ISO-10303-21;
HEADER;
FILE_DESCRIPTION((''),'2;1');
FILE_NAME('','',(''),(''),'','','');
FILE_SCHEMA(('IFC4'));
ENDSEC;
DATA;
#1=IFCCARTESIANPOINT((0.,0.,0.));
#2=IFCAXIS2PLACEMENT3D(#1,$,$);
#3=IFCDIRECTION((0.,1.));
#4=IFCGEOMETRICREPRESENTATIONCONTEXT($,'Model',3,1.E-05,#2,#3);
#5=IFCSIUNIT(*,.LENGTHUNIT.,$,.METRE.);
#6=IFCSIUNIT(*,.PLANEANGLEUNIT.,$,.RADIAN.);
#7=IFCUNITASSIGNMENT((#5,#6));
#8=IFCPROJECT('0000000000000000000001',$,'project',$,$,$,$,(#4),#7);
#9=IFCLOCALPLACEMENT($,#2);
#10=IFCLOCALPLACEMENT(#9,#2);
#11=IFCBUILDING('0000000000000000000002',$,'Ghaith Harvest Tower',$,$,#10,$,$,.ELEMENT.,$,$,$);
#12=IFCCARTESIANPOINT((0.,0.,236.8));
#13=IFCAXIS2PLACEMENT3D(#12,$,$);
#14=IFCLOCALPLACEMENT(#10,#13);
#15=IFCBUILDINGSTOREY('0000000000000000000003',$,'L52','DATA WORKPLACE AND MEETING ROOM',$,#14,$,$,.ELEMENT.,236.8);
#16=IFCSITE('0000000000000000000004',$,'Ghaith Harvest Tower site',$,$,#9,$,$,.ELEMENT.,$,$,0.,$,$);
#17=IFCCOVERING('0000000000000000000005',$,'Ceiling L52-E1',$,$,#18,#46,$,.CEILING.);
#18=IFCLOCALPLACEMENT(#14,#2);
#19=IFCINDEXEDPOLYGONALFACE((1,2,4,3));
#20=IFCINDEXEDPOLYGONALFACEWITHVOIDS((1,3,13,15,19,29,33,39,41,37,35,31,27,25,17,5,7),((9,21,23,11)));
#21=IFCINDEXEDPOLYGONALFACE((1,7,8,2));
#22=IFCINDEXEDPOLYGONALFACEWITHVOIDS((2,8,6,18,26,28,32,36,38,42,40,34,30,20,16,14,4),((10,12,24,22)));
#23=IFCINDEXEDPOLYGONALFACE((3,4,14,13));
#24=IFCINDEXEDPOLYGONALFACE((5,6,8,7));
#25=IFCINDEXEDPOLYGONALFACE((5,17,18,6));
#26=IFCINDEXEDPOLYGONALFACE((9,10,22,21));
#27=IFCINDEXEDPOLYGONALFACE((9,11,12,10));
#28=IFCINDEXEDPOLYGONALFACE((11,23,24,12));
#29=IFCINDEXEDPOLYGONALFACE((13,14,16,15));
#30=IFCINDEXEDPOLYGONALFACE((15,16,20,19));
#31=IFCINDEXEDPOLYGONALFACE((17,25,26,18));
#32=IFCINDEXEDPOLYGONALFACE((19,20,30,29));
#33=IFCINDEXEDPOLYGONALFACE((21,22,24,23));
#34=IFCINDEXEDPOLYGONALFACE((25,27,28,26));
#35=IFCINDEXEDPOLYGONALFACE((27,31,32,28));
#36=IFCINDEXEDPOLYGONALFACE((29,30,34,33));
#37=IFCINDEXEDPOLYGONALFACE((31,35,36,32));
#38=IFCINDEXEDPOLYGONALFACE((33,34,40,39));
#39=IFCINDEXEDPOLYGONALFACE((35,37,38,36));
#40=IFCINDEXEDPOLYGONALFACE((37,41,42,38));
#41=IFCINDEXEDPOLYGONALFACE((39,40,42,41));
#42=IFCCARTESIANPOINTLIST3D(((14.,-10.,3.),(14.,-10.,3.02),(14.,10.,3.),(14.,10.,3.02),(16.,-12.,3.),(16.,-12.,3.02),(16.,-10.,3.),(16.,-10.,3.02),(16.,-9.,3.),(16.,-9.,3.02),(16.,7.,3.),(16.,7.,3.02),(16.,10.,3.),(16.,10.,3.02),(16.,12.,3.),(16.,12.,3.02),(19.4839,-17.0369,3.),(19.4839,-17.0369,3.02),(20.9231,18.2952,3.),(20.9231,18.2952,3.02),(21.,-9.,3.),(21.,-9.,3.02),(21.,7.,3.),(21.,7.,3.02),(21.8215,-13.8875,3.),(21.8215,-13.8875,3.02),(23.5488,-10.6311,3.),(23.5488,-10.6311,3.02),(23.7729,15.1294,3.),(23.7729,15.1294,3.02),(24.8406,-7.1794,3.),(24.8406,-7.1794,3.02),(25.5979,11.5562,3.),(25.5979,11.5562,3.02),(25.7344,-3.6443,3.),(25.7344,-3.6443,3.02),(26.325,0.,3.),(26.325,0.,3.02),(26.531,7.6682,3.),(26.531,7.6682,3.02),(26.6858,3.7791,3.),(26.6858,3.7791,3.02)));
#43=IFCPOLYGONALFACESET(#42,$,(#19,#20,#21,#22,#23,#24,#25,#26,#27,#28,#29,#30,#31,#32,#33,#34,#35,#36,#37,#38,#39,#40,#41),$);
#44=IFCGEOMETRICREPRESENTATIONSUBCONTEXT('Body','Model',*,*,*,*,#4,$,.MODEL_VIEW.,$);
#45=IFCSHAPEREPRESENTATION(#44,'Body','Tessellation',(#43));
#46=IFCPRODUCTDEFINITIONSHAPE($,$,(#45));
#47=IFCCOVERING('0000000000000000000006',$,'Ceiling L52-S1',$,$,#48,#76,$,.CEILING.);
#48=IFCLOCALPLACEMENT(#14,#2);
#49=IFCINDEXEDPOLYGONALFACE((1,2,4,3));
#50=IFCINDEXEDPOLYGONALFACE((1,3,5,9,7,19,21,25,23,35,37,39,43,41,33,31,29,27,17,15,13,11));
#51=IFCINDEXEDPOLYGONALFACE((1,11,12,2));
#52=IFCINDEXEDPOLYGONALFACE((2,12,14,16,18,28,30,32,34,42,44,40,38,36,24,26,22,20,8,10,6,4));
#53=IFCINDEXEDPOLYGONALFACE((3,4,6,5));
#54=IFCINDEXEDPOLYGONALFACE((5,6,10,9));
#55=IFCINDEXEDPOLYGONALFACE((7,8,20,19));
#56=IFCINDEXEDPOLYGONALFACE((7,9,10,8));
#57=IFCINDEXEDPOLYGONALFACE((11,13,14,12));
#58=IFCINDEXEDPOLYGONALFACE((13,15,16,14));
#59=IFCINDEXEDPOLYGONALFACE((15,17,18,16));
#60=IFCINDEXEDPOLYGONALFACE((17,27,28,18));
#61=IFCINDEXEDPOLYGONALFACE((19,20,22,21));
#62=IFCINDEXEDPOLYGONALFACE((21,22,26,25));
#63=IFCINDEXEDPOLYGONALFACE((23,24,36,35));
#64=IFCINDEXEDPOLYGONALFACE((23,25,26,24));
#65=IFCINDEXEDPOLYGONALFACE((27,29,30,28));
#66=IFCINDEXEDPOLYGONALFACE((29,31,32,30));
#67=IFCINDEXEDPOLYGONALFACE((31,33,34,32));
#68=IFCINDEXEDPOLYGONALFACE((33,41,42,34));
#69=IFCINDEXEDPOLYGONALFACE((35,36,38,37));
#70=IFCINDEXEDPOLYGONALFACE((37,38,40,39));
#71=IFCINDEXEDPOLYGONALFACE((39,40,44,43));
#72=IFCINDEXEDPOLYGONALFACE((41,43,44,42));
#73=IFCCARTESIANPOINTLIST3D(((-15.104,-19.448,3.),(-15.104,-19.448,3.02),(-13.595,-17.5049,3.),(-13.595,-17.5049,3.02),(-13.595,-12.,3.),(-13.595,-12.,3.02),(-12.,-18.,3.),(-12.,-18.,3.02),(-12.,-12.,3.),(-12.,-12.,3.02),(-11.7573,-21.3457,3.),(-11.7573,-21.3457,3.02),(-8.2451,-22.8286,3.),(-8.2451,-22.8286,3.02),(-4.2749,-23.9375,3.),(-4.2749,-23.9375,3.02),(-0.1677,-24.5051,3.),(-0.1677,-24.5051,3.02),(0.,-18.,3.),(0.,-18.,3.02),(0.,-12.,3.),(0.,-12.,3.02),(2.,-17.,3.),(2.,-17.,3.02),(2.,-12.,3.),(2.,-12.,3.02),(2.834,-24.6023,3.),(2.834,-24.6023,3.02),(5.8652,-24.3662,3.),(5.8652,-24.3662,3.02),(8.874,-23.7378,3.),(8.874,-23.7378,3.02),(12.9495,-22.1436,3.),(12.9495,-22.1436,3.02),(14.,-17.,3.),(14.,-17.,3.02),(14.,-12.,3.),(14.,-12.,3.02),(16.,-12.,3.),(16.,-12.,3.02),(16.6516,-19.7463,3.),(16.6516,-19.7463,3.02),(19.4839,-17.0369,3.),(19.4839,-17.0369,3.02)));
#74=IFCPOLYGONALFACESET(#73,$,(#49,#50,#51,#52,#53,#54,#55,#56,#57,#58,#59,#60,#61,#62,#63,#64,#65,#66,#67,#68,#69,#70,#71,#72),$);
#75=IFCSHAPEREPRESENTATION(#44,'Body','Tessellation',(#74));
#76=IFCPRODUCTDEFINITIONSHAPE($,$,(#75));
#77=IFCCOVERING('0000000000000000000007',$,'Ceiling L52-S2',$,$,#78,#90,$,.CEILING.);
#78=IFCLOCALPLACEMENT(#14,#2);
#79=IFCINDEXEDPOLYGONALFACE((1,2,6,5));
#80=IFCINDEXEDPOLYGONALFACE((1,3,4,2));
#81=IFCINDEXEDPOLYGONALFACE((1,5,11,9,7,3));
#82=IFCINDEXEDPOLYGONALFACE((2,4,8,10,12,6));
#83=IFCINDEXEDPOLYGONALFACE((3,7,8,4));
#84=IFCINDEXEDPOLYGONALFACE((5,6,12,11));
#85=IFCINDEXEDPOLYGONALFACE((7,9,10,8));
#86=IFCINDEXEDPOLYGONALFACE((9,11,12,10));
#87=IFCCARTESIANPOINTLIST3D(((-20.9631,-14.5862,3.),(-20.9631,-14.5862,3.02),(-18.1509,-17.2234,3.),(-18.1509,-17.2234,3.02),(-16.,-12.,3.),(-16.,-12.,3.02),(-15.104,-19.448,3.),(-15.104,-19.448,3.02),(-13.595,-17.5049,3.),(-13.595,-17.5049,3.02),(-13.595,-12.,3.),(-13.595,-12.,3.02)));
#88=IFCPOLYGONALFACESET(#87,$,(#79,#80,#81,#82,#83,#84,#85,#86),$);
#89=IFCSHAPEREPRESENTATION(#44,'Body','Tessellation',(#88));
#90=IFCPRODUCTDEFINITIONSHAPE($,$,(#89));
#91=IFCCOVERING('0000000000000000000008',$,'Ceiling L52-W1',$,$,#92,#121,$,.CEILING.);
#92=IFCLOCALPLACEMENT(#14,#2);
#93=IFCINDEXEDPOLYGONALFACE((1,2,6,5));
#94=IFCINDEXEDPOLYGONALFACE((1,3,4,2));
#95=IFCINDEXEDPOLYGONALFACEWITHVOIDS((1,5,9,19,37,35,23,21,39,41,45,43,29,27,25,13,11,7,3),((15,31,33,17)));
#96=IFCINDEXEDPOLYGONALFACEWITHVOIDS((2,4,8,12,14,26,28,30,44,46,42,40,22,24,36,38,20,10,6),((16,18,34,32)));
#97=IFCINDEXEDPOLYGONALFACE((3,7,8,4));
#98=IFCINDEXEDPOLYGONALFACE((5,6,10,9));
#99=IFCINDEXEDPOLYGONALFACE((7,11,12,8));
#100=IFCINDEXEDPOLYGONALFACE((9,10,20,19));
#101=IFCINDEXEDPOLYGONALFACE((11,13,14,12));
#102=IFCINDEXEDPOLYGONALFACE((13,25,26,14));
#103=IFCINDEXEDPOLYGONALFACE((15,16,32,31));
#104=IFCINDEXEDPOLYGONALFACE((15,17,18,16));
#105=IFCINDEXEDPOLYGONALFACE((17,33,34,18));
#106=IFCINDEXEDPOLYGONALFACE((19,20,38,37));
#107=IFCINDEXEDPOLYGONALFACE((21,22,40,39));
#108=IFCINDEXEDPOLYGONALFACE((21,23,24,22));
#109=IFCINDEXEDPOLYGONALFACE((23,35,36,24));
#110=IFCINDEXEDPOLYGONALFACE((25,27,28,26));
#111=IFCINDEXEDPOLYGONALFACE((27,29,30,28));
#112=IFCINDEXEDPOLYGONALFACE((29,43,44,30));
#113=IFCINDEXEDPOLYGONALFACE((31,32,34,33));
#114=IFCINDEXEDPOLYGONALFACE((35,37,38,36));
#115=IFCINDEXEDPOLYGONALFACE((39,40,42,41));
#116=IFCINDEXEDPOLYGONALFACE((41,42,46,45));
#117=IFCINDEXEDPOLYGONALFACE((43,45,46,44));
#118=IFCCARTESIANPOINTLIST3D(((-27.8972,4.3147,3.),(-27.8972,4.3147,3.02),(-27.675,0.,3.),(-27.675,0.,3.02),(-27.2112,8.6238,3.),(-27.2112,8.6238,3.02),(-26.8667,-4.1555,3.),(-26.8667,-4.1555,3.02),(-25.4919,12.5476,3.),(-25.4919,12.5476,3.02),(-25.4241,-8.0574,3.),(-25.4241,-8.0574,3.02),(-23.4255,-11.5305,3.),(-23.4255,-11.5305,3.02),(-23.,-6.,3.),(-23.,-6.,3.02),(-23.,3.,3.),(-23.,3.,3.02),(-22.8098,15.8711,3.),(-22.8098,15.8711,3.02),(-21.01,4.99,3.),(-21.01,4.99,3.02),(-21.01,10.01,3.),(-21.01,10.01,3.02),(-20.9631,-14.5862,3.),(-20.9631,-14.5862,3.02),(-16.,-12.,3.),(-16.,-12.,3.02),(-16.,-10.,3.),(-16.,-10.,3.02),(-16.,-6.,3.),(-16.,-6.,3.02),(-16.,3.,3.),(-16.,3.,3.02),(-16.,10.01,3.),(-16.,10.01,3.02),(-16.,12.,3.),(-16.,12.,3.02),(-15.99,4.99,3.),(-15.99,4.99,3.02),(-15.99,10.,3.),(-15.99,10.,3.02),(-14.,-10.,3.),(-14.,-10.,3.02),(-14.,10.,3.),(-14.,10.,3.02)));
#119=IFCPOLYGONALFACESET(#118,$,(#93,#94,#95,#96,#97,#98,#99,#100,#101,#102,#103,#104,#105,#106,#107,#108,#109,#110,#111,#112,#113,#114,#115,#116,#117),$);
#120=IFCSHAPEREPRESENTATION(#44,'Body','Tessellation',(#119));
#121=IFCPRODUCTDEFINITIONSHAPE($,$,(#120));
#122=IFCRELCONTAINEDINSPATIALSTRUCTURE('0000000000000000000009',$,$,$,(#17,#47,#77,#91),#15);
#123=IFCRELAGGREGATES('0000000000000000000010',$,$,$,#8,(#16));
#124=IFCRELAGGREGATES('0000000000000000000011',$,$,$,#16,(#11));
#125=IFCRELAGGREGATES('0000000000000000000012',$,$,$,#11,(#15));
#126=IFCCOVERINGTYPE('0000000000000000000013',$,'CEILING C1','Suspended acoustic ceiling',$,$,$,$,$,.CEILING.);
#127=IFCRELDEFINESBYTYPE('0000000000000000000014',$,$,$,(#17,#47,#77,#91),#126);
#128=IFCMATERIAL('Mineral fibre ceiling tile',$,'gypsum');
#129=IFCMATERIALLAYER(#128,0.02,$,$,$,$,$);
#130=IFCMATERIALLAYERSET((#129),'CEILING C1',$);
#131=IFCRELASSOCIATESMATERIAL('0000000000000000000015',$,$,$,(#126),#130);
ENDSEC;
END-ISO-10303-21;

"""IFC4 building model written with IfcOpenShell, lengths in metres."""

from ifc_helpers import new_model, si_unit, direction, frame, origin, place, context, subcontext, project, spatial, polyline, outline, extrude, material, layer, layer_set, type_object, element, save


model = new_model("IFC4")

# Units and contexts
model_context = context("Model", 3, precision=1e-05, world=origin(), true_north=direction((0.0, 1.0)))
body_context = subcontext(model_context, "Body", "Model", "MODEL_VIEW")
ifc_project = project(units=[si_unit("LENGTHUNIT", "METRE"), si_unit("PLANEANGLEUNIT", "RADIAN")], contexts=[model_context])

# Site, building, storey
site_placement = place(None, origin())
site = spatial("IfcSite", under=ifc_project, at=site_placement, Name="Ghaith Harvest Tower site", CompositionType="ELEMENT", RefElevation=0.0)
building_placement = place(site_placement, origin())
building = spatial("IfcBuilding", under=site, at=building_placement, Name="Ghaith Harvest Tower", CompositionType="ELEMENT")
storey_placement = place(building_placement, frame((0.0, 0.0, 236.8)))
storey = spatial("IfcBuildingStorey", under=building, at=storey_placement, Name="L52", Description="DATA WORKPLACE AND MEETING ROOM", CompositionType="ELEMENT", Elevation=236.8)

# Coverings
ifc_material_1 = material(Name="Mineral fibre ceiling tile", Category="gypsum")
ifc_layer_1 = layer(ifc_material_1, 0.02)
ifc_layer_set_1 = layer_set([ifc_layer_1], Name="CEILING C1")
covering_type = type_object("IfcCoveringType", Name="CEILING C1", Description="Suspended acoustic ceiling", PredefinedType="CEILING", material=ifc_layer_set_1)
covering_1_placement = place(storey_placement, frame((0.0, 0.0, 3.0)))
element("IfcCovering", 1, at=covering_1_placement, inside=storey, type_object=covering_type, Name="Ceiling L52-E1", PredefinedType="CEILING", context=body_context, shape_type="SweptSolid", body=[
    extrude(outline(polyline([(23.7729, 15.1294), (25.5979, 11.5562), (26.531, 7.6682), (26.6858, 3.7791), (26.325, 0.0), (25.7344, -3.6443), (24.8406, -7.1794), (23.5488, -10.6311), (21.8215, -13.8875), (19.4839, -17.0369), (16.0, -12.0), (16.0, -10.0), (14.0, -10.0), (14.0, 10.0), (16.0, 10.0), (16.0, 12.0), (20.9231, 18.2952), (23.7729, 15.1294)]), holes=[polyline([(16.0, 7.0), (16.0, -9.0), (21.0, -9.0), (21.0, 7.0), (16.0, 7.0)])]), origin(), (0.0, 0.0, 1.0), 0.02),
])
covering_2_placement = place(storey_placement, frame((0.0, 0.0, 3.0)))
element("IfcCovering", 2, at=covering_2_placement, inside=storey, type_object=covering_type, Name="Ceiling L52-S1", PredefinedType="CEILING", context=body_context, shape_type="SweptSolid", body=[
    extrude(outline(polyline([(16.6516, -19.7463), (12.9495, -22.1436), (8.874, -23.7378), (5.8652, -24.3662), (2.834, -24.6023), (-0.1677, -24.5051), (-4.2749, -23.9375), (-8.2451, -22.8286), (-11.7573, -21.3457), (-15.104, -19.448), (-15.104, -19.448), (-13.595, -17.5049), (-13.595, -12.0), (-12.0, -12.0), (-12.0, -18.0), (0.0, -18.0), (0.0, -12.0), (2.0, -12.0), (2.0, -17.0), (14.0, -17.0), (14.0, -12.0), (16.0, -12.0), (19.4839, -17.0369), (16.6516, -19.7463)])), origin(), (0.0, 0.0, 1.0), 0.02),
])
covering_3_placement = place(storey_placement, frame((0.0, 0.0, 3.0)))
element("IfcCovering", 3, at=covering_3_placement, inside=storey, type_object=covering_type, Name="Ceiling L52-S2", PredefinedType="CEILING", context=body_context, shape_type="SweptSolid", body=[
    extrude(outline(polyline([(-15.104, -19.448), (-18.1509, -17.2234), (-20.9631, -14.5862), (-16.0, -12.0), (-13.595, -12.0), (-13.595, -17.5049), (-15.104, -19.448)])), origin(), (0.0, 0.0, 1.0), 0.02),
])
covering_4_placement = place(storey_placement, frame((0.0, 0.0, 3.0)))
element("IfcCovering", 4, at=covering_4_placement, inside=storey, type_object=covering_type, Name="Ceiling L52-W1", PredefinedType="CEILING", context=body_context, shape_type="SweptSolid", body=[
    extrude(outline(polyline([(-27.8972, 4.3147), (-27.2112, 8.6238), (-25.4919, 12.5476), (-22.8098, 15.8711), (-16.0, 12.0), (-16.0, 10.01), (-21.01, 10.01), (-21.01, 4.99), (-15.99, 4.99), (-15.99, 10.0), (-14.0, 10.0), (-14.0, -10.0), (-16.0, -10.0), (-16.0, -12.0), (-20.9631, -14.5862), (-23.4255, -11.5305), (-25.4241, -8.0574), (-26.8667, -4.1555), (-27.675, 0.0), (-27.8972, 4.3147)]), holes=[polyline([(-23.0, -6.0), (-16.0, -6.0), (-16.0, 3.0), (-23.0, 3.0), (-23.0, -6.0)])]), origin(), (0.0, 0.0, 1.0), 0.02),
])

save(model, "model.ifc")
